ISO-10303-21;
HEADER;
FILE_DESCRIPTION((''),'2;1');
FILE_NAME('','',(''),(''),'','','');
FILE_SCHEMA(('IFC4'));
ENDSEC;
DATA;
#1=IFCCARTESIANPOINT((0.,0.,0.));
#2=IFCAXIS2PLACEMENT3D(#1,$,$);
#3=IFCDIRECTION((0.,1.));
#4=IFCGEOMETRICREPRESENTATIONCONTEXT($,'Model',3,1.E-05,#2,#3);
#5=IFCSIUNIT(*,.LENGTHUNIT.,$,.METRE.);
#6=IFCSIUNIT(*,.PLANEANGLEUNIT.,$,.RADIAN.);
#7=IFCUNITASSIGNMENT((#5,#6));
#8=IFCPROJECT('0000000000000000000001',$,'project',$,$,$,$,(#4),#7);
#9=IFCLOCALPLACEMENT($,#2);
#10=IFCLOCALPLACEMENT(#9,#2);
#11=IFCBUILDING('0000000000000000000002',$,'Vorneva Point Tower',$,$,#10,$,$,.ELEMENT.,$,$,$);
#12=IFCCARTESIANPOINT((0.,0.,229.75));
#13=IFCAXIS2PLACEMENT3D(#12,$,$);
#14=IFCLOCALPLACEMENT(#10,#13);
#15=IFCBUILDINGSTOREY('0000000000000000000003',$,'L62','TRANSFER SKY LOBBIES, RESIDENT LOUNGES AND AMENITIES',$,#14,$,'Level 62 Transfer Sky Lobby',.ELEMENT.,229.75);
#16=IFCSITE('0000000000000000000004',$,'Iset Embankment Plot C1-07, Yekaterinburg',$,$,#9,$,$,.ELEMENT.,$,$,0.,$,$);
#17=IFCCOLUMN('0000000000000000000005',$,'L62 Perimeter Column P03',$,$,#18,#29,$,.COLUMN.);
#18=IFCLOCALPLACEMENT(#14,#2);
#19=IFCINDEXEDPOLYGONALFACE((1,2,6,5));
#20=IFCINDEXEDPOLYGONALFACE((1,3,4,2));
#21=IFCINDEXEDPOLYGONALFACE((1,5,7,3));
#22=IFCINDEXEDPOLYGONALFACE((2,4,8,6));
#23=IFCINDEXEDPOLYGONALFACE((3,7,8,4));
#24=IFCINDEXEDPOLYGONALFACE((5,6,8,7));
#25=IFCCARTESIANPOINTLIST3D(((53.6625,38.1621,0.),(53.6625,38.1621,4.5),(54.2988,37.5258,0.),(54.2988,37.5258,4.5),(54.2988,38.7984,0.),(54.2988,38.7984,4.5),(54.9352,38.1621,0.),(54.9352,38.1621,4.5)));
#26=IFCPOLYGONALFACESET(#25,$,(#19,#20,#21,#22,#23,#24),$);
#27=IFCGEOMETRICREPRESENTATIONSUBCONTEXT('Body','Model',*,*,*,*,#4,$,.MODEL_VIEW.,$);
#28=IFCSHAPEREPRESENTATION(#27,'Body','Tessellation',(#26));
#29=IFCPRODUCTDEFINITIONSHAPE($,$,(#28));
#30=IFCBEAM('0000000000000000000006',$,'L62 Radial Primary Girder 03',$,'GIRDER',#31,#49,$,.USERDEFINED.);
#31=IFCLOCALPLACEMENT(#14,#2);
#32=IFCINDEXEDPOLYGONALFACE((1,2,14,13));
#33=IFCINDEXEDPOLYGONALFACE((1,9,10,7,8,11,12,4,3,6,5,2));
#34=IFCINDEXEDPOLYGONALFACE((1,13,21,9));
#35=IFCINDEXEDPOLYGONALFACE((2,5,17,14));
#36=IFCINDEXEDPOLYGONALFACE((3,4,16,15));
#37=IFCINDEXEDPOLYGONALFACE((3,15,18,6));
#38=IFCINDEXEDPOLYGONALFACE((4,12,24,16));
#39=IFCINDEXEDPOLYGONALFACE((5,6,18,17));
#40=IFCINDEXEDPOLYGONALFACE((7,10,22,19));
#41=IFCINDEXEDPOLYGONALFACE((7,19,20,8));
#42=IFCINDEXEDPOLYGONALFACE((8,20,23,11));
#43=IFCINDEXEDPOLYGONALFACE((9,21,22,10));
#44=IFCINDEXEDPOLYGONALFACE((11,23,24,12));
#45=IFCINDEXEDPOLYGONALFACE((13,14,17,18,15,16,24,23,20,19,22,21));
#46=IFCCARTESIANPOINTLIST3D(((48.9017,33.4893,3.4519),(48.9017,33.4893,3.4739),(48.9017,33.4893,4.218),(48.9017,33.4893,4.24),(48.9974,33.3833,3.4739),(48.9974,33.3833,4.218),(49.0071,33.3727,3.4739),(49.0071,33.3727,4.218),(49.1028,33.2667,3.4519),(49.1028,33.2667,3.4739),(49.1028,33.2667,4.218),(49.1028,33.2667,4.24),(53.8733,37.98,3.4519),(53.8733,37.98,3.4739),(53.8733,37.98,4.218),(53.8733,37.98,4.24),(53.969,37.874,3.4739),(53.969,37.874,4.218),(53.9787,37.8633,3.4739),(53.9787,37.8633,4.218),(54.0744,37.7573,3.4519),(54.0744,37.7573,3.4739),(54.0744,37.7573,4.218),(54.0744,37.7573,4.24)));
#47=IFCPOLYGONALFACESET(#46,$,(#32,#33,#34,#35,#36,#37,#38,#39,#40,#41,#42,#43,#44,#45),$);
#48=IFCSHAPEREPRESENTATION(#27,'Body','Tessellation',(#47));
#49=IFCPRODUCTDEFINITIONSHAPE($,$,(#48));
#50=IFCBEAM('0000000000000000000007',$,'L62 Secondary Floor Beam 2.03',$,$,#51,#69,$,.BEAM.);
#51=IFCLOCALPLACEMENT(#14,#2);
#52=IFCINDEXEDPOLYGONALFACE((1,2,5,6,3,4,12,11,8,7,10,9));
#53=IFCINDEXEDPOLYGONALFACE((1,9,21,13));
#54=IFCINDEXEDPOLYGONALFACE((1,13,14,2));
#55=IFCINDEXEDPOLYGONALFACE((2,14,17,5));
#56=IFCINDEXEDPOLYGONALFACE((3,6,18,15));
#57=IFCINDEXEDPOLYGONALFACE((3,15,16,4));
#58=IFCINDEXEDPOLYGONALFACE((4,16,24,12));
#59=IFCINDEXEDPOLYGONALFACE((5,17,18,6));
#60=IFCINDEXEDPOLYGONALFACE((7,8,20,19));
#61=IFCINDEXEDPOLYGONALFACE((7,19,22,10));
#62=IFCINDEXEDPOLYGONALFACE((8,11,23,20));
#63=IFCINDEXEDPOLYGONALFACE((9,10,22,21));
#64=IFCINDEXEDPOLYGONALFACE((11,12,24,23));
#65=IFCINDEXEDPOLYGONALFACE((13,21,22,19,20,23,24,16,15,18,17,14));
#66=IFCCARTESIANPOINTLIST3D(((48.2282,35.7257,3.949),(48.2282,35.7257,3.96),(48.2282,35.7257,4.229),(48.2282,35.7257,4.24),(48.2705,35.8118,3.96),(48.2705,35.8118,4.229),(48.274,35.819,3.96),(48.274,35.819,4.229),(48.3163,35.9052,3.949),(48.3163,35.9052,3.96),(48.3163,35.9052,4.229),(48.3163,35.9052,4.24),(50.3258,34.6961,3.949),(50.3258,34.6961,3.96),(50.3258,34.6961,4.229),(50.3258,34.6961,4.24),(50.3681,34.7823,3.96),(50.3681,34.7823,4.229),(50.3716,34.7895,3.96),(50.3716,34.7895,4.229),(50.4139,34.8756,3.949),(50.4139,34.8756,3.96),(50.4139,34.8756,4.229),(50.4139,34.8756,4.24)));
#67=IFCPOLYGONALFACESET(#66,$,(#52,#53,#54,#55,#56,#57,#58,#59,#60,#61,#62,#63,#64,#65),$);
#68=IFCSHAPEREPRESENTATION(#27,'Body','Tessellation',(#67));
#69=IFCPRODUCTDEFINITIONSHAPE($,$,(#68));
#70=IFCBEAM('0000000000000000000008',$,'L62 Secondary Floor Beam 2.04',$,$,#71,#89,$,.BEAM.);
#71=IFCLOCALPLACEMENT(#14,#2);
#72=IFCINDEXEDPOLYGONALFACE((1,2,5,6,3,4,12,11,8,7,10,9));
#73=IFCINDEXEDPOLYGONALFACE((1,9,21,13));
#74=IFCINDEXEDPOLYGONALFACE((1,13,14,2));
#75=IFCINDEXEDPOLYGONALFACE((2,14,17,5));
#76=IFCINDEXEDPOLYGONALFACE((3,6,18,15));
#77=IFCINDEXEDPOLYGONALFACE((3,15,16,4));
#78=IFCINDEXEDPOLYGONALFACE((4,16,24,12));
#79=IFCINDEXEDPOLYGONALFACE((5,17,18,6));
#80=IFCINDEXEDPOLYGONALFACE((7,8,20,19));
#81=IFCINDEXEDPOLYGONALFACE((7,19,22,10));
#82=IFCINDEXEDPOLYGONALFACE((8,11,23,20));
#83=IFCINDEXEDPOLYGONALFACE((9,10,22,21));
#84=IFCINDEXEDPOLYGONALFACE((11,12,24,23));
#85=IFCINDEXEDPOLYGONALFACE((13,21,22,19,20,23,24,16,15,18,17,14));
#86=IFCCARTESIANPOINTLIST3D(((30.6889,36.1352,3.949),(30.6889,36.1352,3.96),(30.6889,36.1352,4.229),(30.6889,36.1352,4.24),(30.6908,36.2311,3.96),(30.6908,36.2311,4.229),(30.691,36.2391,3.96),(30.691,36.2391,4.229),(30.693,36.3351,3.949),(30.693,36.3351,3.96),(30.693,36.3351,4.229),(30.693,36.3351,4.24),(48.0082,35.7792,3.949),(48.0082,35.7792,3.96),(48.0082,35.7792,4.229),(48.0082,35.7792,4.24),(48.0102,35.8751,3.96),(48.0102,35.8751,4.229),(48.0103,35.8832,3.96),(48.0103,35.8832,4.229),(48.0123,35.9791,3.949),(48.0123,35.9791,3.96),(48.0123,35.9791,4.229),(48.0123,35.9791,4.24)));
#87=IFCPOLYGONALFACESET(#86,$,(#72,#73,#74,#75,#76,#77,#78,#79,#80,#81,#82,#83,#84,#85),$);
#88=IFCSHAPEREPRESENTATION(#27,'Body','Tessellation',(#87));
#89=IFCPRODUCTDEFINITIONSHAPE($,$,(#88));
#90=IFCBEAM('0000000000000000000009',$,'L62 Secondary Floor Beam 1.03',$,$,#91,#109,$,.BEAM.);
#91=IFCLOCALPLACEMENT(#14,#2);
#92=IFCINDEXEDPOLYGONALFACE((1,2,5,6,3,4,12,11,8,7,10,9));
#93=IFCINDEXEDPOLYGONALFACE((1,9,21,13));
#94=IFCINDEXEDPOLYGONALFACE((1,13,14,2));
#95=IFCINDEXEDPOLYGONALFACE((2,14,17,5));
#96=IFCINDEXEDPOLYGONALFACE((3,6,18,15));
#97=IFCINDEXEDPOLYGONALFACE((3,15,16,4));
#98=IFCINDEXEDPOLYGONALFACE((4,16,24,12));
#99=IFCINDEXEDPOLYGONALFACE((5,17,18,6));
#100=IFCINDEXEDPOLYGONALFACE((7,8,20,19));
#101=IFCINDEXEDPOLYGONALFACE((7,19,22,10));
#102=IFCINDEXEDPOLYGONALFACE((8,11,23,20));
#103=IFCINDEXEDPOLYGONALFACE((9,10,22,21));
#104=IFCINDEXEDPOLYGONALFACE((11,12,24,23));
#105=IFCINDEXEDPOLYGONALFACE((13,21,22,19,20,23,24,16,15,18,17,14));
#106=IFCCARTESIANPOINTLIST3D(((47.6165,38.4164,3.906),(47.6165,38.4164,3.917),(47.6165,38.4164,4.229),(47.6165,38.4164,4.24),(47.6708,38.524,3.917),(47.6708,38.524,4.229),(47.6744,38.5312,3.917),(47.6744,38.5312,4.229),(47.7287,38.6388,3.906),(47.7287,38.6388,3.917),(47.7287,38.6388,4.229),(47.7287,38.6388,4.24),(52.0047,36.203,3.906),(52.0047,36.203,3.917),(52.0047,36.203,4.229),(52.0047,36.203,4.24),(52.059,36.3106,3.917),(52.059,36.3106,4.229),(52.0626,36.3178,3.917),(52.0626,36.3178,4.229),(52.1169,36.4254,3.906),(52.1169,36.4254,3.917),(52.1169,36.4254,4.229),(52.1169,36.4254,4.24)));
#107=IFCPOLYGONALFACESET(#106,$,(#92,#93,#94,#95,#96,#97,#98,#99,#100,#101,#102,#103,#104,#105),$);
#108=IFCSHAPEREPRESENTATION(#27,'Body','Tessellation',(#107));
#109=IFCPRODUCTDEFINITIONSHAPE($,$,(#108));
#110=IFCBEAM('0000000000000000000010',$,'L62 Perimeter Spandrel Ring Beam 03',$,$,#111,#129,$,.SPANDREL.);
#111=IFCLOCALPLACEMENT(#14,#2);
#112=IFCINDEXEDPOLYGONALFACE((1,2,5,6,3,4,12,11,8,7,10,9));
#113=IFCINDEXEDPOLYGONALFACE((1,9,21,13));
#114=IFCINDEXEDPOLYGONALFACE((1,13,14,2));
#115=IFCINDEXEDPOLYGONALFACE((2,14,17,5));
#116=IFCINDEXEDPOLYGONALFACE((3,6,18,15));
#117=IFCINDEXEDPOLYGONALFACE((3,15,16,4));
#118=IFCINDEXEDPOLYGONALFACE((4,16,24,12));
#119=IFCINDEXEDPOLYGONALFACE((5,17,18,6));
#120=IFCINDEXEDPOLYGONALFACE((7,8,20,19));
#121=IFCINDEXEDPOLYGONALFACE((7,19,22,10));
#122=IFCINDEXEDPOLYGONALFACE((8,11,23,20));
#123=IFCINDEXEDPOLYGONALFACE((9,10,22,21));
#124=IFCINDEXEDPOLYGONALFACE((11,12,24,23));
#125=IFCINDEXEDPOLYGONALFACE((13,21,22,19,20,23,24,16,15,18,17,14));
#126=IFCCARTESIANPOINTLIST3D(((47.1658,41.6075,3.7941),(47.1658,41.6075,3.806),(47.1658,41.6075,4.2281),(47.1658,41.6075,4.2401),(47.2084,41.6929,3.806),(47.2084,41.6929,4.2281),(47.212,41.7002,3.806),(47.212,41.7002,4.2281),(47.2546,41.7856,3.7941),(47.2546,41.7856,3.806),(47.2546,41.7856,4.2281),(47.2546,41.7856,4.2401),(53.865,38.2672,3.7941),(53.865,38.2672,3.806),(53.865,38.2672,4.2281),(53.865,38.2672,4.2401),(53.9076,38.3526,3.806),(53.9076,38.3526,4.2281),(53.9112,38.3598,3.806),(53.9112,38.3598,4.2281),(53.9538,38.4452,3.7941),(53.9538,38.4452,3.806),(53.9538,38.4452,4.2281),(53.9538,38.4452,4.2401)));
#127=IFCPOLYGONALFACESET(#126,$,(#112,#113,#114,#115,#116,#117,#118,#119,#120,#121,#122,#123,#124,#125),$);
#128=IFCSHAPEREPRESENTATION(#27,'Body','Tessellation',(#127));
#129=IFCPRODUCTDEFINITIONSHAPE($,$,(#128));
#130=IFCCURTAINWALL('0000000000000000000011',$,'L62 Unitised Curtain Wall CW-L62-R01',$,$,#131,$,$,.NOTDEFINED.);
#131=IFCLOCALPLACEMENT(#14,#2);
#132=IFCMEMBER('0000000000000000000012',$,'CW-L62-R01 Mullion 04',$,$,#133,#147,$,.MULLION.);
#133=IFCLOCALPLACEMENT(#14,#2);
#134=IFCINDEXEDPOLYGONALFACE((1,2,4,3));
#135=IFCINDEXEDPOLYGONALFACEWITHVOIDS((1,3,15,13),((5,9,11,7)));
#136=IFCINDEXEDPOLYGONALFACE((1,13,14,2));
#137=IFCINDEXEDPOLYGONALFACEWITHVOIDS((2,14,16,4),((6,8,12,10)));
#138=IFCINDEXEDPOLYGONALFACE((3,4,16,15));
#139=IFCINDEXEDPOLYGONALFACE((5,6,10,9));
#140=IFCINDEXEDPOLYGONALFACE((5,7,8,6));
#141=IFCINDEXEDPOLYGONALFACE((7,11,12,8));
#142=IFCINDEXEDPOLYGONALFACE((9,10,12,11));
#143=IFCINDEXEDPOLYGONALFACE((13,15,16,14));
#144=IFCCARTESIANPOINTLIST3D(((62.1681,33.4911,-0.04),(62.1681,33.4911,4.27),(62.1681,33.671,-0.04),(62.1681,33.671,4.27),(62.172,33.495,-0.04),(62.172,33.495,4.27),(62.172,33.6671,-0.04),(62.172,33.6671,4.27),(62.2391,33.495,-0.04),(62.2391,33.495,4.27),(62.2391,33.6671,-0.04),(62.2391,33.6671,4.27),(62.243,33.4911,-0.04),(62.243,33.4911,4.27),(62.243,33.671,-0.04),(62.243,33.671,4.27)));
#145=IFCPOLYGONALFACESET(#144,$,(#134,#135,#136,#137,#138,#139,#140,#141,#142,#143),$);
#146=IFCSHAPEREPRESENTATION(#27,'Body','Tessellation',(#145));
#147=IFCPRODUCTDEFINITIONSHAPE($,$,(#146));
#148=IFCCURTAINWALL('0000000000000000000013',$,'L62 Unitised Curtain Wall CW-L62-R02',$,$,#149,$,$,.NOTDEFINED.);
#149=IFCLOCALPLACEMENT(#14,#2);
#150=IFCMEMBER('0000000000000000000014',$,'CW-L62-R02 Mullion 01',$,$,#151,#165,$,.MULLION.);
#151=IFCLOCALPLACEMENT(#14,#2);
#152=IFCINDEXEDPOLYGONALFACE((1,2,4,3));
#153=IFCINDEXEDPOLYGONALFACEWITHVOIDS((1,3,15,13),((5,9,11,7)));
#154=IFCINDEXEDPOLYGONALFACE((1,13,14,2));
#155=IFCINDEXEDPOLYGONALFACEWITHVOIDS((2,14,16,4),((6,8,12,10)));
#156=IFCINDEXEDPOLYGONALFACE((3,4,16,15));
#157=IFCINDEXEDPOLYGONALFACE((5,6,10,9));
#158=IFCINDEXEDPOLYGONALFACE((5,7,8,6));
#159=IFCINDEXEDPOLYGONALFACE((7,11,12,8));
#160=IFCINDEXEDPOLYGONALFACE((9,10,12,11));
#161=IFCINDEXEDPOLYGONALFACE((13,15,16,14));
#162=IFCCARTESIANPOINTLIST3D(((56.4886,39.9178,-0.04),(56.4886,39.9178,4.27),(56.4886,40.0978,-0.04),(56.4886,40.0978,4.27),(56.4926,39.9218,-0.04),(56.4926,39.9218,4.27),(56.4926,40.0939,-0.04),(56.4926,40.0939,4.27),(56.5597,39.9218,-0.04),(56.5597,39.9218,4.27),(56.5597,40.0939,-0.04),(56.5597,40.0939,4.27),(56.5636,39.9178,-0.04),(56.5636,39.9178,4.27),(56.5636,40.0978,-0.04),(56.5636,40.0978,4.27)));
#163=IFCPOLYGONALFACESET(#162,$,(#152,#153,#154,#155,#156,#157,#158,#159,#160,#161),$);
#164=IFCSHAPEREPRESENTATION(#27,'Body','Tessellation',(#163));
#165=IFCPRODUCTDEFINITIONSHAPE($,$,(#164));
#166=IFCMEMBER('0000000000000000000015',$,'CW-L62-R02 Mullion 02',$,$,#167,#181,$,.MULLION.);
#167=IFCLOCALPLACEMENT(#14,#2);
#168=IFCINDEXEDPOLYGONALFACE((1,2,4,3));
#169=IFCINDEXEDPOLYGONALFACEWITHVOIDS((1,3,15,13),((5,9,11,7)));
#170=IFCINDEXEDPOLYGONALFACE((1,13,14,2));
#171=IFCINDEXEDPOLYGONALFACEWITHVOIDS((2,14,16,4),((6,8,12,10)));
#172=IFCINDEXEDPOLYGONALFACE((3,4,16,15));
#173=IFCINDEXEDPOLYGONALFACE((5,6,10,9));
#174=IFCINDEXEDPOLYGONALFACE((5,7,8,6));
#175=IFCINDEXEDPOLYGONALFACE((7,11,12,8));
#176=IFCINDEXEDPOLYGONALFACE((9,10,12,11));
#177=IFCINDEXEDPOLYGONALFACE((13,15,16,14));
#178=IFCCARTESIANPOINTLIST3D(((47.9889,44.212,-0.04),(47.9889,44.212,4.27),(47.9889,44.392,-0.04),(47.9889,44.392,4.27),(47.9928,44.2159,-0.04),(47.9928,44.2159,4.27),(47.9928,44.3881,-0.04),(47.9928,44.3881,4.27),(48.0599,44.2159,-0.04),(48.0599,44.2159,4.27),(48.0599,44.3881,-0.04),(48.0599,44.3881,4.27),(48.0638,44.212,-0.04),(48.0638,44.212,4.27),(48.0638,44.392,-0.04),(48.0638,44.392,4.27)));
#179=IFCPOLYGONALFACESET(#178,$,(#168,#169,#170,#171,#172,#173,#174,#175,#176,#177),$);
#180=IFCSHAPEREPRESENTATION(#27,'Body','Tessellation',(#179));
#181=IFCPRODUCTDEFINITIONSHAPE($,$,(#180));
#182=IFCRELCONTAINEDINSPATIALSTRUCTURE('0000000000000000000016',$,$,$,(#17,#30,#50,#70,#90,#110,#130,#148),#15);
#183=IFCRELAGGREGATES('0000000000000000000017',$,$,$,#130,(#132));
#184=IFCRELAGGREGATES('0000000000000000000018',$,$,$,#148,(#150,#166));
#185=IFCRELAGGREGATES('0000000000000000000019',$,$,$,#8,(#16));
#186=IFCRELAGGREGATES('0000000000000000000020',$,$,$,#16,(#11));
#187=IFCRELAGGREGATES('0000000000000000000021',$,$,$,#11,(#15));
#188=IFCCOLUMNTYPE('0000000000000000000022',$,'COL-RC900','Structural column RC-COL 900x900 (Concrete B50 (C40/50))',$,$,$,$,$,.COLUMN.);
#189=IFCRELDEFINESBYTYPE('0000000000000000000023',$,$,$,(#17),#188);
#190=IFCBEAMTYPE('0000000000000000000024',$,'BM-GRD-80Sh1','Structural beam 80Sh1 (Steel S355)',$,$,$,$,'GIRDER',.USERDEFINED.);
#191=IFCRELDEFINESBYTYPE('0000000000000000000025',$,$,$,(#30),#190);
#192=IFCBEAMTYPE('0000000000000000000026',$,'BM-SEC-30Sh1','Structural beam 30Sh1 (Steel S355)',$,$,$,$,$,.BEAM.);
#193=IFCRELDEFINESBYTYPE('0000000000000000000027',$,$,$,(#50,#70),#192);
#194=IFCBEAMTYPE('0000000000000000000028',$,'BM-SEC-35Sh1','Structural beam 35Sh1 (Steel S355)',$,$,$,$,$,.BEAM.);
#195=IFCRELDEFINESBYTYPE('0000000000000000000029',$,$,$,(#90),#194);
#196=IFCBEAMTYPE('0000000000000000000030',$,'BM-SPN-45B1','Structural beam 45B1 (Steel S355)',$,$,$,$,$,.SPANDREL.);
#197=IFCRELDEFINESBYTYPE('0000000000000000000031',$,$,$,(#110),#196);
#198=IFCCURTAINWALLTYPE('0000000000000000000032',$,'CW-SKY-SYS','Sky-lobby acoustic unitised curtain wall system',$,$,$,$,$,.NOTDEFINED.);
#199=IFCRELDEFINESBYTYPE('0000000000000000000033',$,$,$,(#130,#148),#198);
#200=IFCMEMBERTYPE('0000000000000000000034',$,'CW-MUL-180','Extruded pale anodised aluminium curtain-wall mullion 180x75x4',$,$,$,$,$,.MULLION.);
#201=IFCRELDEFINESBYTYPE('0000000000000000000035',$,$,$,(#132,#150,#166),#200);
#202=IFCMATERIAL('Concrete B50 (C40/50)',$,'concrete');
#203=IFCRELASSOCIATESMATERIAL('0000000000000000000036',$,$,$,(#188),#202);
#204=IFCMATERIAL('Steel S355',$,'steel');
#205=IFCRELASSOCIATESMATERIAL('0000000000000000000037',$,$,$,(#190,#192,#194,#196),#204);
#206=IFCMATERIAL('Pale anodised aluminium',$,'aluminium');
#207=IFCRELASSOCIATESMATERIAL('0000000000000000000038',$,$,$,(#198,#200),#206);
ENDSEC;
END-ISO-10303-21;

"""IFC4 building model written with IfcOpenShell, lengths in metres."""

from ifc_helpers import new_model, si_unit, direction, frame, origin, origin_2d, place, context, subcontext, project, spatial, rectangle, hollow_rectangle, i_section, extrude, material, material_profile, profile_set, type_object, element, aggregate, save


model = new_model("IFC4")

# Units and contexts
model_context = context("Model", 3, precision=1e-05, world=origin(), true_north=direction((0.0, 1.0)))
body_context = subcontext(model_context, "Body", "Model", "MODEL_VIEW")
ifc_project = project(units=[si_unit("LENGTHUNIT", "METRE"), si_unit("PLANEANGLEUNIT", "RADIAN")], contexts=[model_context])

# Site, building, storey
site_placement = place(None, origin())
site = spatial("IfcSite", under=ifc_project, at=site_placement, Name="Iset Embankment Plot C1-07, Yekaterinburg", CompositionType="ELEMENT", RefElevation=0.0)
building_placement = place(site_placement, origin())
building = spatial("IfcBuilding", under=site, at=building_placement, Name="Vorneva Point Tower", CompositionType="ELEMENT")
storey_placement = place(building_placement, frame((0.0, 0.0, 229.75)))
storey = spatial("IfcBuildingStorey", under=building, at=storey_placement, Name="L62", Description="TRANSFER SKY LOBBIES, RESIDENT LOUNGES AND AMENITIES", LongName="Level 62 Transfer Sky Lobby", CompositionType="ELEMENT", Elevation=229.75)

# Column
ifc_material_1 = material(Name="Concrete B50 (C40/50)", Category="concrete")
ifc_material_profile_1 = material_profile(ifc_material_1, rectangle(XDim=0.8999, YDim=0.8999, at=origin_2d()), Name="RC-COL 900x900")
ifc_profile_set_1 = profile_set([ifc_material_profile_1], Name="Concrete B50 (C40/50)")
column_type = type_object("IfcColumnType", Name="COL-RC900", Description="Structural column RC-COL 900x900 (Concrete B50 (C40/50))", PredefinedType="COLUMN", material=ifc_profile_set_1)
column_placement = place(storey_placement, frame((54.2988, 38.1621, 0.0), z_axis=(0.0, 0.0, 1.0), x_axis=(0.707107, 0.707107, 0.0)))
element("IfcColumn", 1, at=column_placement, inside=storey, type_object=column_type, Name="L62 Perimeter Column P03", PredefinedType="COLUMN", context=body_context, shape_type="SweptSolid", body=[
    extrude(rectangle(XDim=0.8999, YDim=0.8999, at=origin_2d()), origin(), (0.0, 0.0, 1.0), 4.5),
])

# Beams
ifc_material_2 = material(Name="Steel S355", Category="steel")
ifc_material_profile_2 = material_profile(ifc_material_2, i_section(OverallWidth=0.3, OverallDepth=0.7881, WebThickness=0.0144, FlangeThickness=0.022, at=origin_2d()), Name="80Sh1")
ifc_profile_set_2 = profile_set([ifc_material_profile_2], Name="Steel S355")
beam_type_1 = type_object("IfcBeamType", Name="BM-GRD-80Sh1", Description="Structural beam 80Sh1 (Steel S355)", ElementType="GIRDER", PredefinedType="USERDEFINED", material=ifc_profile_set_2)
beam_1_placement = place(storey_placement, frame((53.9739, 37.8687, 3.8459), z_axis=(-0.74209, -0.670301, 0.0), x_axis=(0.670301, -0.74209, 0.0)))
element("IfcBeam", 2, at=beam_1_placement, inside=storey, type_object=beam_type_1, Name="L62 Radial Primary Girder 03", ObjectType="GIRDER", PredefinedType="USERDEFINED", context=body_context, shape_type="SweptSolid", body=[
    extrude(i_section(OverallWidth=0.3, OverallDepth=0.7881, WebThickness=0.0144, FlangeThickness=0.022, at=origin_2d()), origin(), (0.0, 0.0, 1.0), 6.6995),
])
ifc_material_profile_3 = material_profile(ifc_material_2, i_section(OverallWidth=0.2, OverallDepth=0.291, WebThickness=0.0081, FlangeThickness=0.011, at=origin_2d()), Name="30Sh1")
ifc_profile_set_3 = profile_set([ifc_material_profile_3], Name="Steel S355")
beam_type_2 = type_object("IfcBeamType", Name="BM-SEC-30Sh1", Description="Structural beam 30Sh1 (Steel S355)", PredefinedType="BEAM", material=ifc_profile_set_3)
beam_2_placement = place(storey_placement, frame((50.3699, 34.7859, 4.0945), z_axis=(-0.897704, 0.440598, 0.0), x_axis=(-0.440598, -0.897704, 0.0)))
element("IfcBeam", 3, at=beam_2_placement, inside=storey, type_object=beam_type_2, Name="L62 Secondary Floor Beam 2.03", PredefinedType="BEAM", context=body_context, shape_type="SweptSolid", body=[
    extrude(i_section(OverallWidth=0.2, OverallDepth=0.291, WebThickness=0.0081, FlangeThickness=0.011, at=origin_2d()), origin(), (0.0, 0.0, 1.0), 2.3367),
])
beam_3_placement = place(storey_placement, frame((48.0103, 35.8792, 4.0945), z_axis=(-0.999789, 0.020548, 0.0), x_axis=(-0.020548, -0.999789, 0.0)))
element("IfcBeam", 4, at=beam_3_placement, inside=storey, type_object=beam_type_2, Name="L62 Secondary Floor Beam 2.04", PredefinedType="BEAM", context=body_context, shape_type="SweptSolid", body=[
    extrude(i_section(OverallWidth=0.2, OverallDepth=0.291, WebThickness=0.0081, FlangeThickness=0.011, at=origin_2d()), origin(), (0.0, 0.0, 1.0), 17.323),
])
ifc_material_profile_4 = material_profile(ifc_material_2, i_section(OverallWidth=0.249, OverallDepth=0.334, WebThickness=0.0081, FlangeThickness=0.011, at=origin_2d()), Name="35Sh1")
ifc_profile_set_4 = profile_set([ifc_material_profile_4], Name="Steel S355")
beam_type_3 = type_object("IfcBeamType", Name="BM-SEC-35Sh1", Description="Structural beam 35Sh1 (Steel S355)", PredefinedType="BEAM", material=ifc_profile_set_4)
beam_4_placement = place(storey_placement, frame((52.0608, 36.3142, 4.073), z_axis=(-0.892852, 0.45035, 0.0), x_axis=(-0.45035, -0.892852, 0.0)))
element("IfcBeam", 5, at=beam_4_placement, inside=storey, type_object=beam_type_3, Name="L62 Secondary Floor Beam 1.03", PredefinedType="BEAM", context=body_context, shape_type="SweptSolid", body=[
    extrude(i_section(OverallWidth=0.249, OverallDepth=0.334, WebThickness=0.0081, FlangeThickness=0.011, at=origin_2d()), origin(), (0.0, 0.0, 1.0), 4.9148),
])
ifc_material_profile_5 = material_profile(ifc_material_2, i_section(OverallWidth=0.199, OverallDepth=0.446, WebThickness=0.0081, FlangeThickness=0.012, at=origin_2d()), Name="45B1")
ifc_profile_set_5 = profile_set([ifc_material_profile_5], Name="Steel S355")
beam_type_4 = type_object("IfcBeamType", Name="BM-SPN-45B1", Description="Structural beam 45B1 (Steel S355)", PredefinedType="SPANDREL", material=ifc_profile_set_5)
beam_5_placement = place(storey_placement, frame((53.9094, 38.3562, 4.0171), z_axis=(-0.894922, 0.446222, 0.0), x_axis=(-0.446222, -0.894922, 0.0)))
element("IfcBeam", 6, at=beam_5_placement, inside=storey, type_object=beam_type_4, Name="L62 Perimeter Spandrel Ring Beam 03", PredefinedType="SPANDREL", context=body_context, shape_type="SweptSolid", body=[
    extrude(i_section(OverallWidth=0.199, OverallDepth=0.446, WebThickness=0.0081, FlangeThickness=0.012, at=origin_2d()), origin(), (0.0, 0.0, 1.0), 7.4858),
])

# Curtain wall, member
ifc_material_3 = material(Name="Pale anodised aluminium", Category="aluminium")
curtain_wall_type = type_object("IfcCurtainWallType", Name="CW-SKY-SYS", Description="Sky-lobby acoustic unitised curtain wall system", PredefinedType="NOTDEFINED", material=ifc_material_3)
curtain_wall_1_placement = place(storey_placement, origin())
curtain_wall_1 = element("IfcCurtainWall", 7, at=curtain_wall_1_placement, inside=storey, type_object=curtain_wall_type, Name="L62 Unitised Curtain Wall CW-L62-R01", PredefinedType="NOTDEFINED")
ifc_material_profile_6 = material_profile(ifc_material_3, hollow_rectangle(XDim=0.075, YDim=0.1799, WallThickness=0.0039, at=origin_2d()), Name="AL-MUL 180x75x4")
ifc_profile_set_6 = profile_set([ifc_material_profile_6], Name="Pale anodised aluminium")
member_type_1 = type_object("IfcMemberType", Name="CW-MUL-180", Description="Extruded pale anodised aluminium curtain-wall mullion 180x75x4", PredefinedType="MULLION", material=ifc_profile_set_6)
member_1_placement = place(storey_placement, frame((62.2056, 33.5811, -0.04), z_axis=(0.0, 0.0, 1.0), x_axis=(1.0, 0.0, 0.0)))
member_1 = element("IfcMember", 8, at=member_1_placement, type_object=member_type_1, Name="CW-L62-R01 Mullion 04", PredefinedType="MULLION", context=body_context, shape_type="SweptSolid", body=[
    extrude(hollow_rectangle(XDim=0.075, YDim=0.1799, WallThickness=0.0039, at=origin_2d()), origin(), (0.0, 0.0, 1.0), 4.3101),
])
aggregate(curtain_wall_1, [member_1])

# Curtain wall, members
curtain_wall_2_placement = place(storey_placement, origin())
curtain_wall_2 = element("IfcCurtainWall", 9, at=curtain_wall_2_placement, inside=storey, type_object=curtain_wall_type, Name="L62 Unitised Curtain Wall CW-L62-R02", PredefinedType="NOTDEFINED")
member_2_placement = place(storey_placement, frame((56.5261, 40.0078, -0.04), z_axis=(0.0, 0.0, 1.0), x_axis=(1.0, 0.0, 0.0)))
member_2 = element("IfcMember", 10, at=member_2_placement, type_object=member_type_1, Name="CW-L62-R02 Mullion 01", PredefinedType="MULLION", context=body_context, shape_type="SweptSolid", body=[
    extrude(hollow_rectangle(XDim=0.075, YDim=0.1799, WallThickness=0.0039, at=origin_2d()), origin(), (0.0, 0.0, 1.0), 4.3101),
])
member_3_placement = place(storey_placement, frame((48.0264, 44.302, -0.04), z_axis=(0.0, 0.0, 1.0), x_axis=(1.0, 0.0, 0.0)))
member_3 = element("IfcMember", 11, at=member_3_placement, type_object=member_type_1, Name="CW-L62-R02 Mullion 02", PredefinedType="MULLION", context=body_context, shape_type="SweptSolid", body=[
    extrude(hollow_rectangle(XDim=0.075, YDim=0.1799, WallThickness=0.0039, at=origin_2d()), origin(), (0.0, 0.0, 1.0), 4.3101),
])
aggregate(curtain_wall_2, [member_2, member_3])

save(model, "model.ifc")
